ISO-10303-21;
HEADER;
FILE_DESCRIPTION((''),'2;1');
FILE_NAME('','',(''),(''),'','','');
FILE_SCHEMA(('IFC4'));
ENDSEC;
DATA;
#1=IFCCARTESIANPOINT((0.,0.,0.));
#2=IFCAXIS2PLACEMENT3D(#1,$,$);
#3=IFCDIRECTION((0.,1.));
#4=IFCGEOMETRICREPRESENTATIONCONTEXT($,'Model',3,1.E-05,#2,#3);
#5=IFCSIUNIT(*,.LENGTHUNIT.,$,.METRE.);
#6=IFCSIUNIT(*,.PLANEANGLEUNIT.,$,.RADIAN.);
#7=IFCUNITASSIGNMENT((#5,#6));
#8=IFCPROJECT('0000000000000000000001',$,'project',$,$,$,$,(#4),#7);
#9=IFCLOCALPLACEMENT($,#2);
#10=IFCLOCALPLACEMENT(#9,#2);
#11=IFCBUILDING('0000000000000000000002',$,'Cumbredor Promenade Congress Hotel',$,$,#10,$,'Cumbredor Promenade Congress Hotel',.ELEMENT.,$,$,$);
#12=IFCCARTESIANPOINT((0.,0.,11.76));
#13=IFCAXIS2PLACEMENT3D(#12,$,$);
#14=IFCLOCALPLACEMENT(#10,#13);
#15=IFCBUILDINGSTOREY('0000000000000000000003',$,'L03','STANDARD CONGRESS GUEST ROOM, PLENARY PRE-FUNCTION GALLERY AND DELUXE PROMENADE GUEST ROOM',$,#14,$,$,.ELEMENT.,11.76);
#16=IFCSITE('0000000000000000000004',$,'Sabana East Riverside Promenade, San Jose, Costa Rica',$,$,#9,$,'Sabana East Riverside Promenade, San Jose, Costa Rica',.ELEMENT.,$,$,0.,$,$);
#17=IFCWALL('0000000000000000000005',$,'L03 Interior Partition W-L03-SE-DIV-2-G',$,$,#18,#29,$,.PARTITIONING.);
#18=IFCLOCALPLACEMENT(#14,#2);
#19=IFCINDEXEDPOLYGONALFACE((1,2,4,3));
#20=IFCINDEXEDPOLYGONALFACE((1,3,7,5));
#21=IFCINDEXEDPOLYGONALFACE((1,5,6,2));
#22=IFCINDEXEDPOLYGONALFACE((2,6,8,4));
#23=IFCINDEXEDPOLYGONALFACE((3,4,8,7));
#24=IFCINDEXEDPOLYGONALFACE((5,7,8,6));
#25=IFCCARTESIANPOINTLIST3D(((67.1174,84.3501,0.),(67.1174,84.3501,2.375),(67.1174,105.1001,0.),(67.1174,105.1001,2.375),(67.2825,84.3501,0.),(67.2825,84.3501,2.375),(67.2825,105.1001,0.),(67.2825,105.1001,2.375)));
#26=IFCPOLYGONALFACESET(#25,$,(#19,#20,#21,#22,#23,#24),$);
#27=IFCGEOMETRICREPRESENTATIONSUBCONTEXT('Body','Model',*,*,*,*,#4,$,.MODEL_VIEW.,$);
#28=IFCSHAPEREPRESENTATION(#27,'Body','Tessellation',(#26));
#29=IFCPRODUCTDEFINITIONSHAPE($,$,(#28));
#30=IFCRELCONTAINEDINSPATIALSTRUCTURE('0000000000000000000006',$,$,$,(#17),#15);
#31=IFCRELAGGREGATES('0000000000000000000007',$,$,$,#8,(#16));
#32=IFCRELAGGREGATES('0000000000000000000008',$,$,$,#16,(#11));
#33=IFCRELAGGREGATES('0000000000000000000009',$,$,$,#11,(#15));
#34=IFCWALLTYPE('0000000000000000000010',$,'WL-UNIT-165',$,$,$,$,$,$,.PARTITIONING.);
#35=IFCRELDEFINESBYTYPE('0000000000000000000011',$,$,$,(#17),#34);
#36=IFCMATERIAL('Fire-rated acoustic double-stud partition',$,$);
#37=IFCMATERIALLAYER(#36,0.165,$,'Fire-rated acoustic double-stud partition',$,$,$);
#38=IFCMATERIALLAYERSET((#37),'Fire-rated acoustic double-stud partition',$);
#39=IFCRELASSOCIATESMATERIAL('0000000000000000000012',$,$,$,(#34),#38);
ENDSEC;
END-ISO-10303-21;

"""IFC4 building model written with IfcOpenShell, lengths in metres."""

from ifc_helpers import new_model, si_unit, direction, frame, frame_2d, origin, place, context, subcontext, project, spatial, rectangle, extrude, material, layer, layer_set, type_object, element, save


model = new_model("IFC4")

# Units and contexts
model_context = context("Model", 3, precision=1e-05, world=origin(), true_north=direction((0.0, 1.0)))
body_context = subcontext(model_context, "Body", "Model", "MODEL_VIEW")
ifc_project = project(units=[si_unit("LENGTHUNIT", "METRE"), si_unit("PLANEANGLEUNIT", "RADIAN")], contexts=[model_context])

# Site, building, storey
site_placement = place(None, origin())
site = spatial("IfcSite", under=ifc_project, at=site_placement, Name="Sabana East Riverside Promenade, San Jose, Costa Rica", LongName="Sabana East Riverside Promenade, San Jose, Costa Rica", CompositionType="ELEMENT", RefElevation=0.0)
building_placement = place(site_placement, origin())
building = spatial("IfcBuilding", under=site, at=building_placement, Name="Cumbredor Promenade Congress Hotel", LongName="Cumbredor Promenade Congress Hotel", CompositionType="ELEMENT")
storey_placement = place(building_placement, frame((0.0, 0.0, 11.76)))
storey = spatial("IfcBuildingStorey", under=building, at=storey_placement, Name="L03", Description="STANDARD CONGRESS GUEST ROOM, PLENARY PRE-FUNCTION GALLERY AND DELUXE PROMENADE GUEST ROOM", CompositionType="ELEMENT", Elevation=11.76)

# Wall
ifc_material_1 = material(Name="Fire-rated acoustic double-stud partition")
ifc_layer_1 = layer(ifc_material_1, 0.165, Name="Fire-rated acoustic double-stud partition")
ifc_layer_set_1 = layer_set([ifc_layer_1], Name="Fire-rated acoustic double-stud partition")
wall_type_1 = type_object("IfcWallType", Name="WL-UNIT-165", PredefinedType="PARTITIONING", material=ifc_layer_set_1)
for number, where, z_axis, x_axis, name in (
    (1, (67.2, 84.3501, 0.0), (0.0, 0.0, 1.0), (0.0, 1.0, 0.0), "L03 Interior Partition W-L03-SE-DIV-2-G"),
):
    element("IfcWall", number, at=place(storey_placement, frame(where, z_axis=z_axis, x_axis=x_axis)), inside=storey, type_object=wall_type_1, Name=name, PredefinedType="PARTITIONING", context=body_context, shape_type="SweptSolid", body=[
        extrude(rectangle(XDim=20.75, YDim=0.165, at=frame_2d((10.375, 0.0))), origin(), (0.0, 0.0, 1.0), 2.375),
    ])

save(model, "model.ifc")
